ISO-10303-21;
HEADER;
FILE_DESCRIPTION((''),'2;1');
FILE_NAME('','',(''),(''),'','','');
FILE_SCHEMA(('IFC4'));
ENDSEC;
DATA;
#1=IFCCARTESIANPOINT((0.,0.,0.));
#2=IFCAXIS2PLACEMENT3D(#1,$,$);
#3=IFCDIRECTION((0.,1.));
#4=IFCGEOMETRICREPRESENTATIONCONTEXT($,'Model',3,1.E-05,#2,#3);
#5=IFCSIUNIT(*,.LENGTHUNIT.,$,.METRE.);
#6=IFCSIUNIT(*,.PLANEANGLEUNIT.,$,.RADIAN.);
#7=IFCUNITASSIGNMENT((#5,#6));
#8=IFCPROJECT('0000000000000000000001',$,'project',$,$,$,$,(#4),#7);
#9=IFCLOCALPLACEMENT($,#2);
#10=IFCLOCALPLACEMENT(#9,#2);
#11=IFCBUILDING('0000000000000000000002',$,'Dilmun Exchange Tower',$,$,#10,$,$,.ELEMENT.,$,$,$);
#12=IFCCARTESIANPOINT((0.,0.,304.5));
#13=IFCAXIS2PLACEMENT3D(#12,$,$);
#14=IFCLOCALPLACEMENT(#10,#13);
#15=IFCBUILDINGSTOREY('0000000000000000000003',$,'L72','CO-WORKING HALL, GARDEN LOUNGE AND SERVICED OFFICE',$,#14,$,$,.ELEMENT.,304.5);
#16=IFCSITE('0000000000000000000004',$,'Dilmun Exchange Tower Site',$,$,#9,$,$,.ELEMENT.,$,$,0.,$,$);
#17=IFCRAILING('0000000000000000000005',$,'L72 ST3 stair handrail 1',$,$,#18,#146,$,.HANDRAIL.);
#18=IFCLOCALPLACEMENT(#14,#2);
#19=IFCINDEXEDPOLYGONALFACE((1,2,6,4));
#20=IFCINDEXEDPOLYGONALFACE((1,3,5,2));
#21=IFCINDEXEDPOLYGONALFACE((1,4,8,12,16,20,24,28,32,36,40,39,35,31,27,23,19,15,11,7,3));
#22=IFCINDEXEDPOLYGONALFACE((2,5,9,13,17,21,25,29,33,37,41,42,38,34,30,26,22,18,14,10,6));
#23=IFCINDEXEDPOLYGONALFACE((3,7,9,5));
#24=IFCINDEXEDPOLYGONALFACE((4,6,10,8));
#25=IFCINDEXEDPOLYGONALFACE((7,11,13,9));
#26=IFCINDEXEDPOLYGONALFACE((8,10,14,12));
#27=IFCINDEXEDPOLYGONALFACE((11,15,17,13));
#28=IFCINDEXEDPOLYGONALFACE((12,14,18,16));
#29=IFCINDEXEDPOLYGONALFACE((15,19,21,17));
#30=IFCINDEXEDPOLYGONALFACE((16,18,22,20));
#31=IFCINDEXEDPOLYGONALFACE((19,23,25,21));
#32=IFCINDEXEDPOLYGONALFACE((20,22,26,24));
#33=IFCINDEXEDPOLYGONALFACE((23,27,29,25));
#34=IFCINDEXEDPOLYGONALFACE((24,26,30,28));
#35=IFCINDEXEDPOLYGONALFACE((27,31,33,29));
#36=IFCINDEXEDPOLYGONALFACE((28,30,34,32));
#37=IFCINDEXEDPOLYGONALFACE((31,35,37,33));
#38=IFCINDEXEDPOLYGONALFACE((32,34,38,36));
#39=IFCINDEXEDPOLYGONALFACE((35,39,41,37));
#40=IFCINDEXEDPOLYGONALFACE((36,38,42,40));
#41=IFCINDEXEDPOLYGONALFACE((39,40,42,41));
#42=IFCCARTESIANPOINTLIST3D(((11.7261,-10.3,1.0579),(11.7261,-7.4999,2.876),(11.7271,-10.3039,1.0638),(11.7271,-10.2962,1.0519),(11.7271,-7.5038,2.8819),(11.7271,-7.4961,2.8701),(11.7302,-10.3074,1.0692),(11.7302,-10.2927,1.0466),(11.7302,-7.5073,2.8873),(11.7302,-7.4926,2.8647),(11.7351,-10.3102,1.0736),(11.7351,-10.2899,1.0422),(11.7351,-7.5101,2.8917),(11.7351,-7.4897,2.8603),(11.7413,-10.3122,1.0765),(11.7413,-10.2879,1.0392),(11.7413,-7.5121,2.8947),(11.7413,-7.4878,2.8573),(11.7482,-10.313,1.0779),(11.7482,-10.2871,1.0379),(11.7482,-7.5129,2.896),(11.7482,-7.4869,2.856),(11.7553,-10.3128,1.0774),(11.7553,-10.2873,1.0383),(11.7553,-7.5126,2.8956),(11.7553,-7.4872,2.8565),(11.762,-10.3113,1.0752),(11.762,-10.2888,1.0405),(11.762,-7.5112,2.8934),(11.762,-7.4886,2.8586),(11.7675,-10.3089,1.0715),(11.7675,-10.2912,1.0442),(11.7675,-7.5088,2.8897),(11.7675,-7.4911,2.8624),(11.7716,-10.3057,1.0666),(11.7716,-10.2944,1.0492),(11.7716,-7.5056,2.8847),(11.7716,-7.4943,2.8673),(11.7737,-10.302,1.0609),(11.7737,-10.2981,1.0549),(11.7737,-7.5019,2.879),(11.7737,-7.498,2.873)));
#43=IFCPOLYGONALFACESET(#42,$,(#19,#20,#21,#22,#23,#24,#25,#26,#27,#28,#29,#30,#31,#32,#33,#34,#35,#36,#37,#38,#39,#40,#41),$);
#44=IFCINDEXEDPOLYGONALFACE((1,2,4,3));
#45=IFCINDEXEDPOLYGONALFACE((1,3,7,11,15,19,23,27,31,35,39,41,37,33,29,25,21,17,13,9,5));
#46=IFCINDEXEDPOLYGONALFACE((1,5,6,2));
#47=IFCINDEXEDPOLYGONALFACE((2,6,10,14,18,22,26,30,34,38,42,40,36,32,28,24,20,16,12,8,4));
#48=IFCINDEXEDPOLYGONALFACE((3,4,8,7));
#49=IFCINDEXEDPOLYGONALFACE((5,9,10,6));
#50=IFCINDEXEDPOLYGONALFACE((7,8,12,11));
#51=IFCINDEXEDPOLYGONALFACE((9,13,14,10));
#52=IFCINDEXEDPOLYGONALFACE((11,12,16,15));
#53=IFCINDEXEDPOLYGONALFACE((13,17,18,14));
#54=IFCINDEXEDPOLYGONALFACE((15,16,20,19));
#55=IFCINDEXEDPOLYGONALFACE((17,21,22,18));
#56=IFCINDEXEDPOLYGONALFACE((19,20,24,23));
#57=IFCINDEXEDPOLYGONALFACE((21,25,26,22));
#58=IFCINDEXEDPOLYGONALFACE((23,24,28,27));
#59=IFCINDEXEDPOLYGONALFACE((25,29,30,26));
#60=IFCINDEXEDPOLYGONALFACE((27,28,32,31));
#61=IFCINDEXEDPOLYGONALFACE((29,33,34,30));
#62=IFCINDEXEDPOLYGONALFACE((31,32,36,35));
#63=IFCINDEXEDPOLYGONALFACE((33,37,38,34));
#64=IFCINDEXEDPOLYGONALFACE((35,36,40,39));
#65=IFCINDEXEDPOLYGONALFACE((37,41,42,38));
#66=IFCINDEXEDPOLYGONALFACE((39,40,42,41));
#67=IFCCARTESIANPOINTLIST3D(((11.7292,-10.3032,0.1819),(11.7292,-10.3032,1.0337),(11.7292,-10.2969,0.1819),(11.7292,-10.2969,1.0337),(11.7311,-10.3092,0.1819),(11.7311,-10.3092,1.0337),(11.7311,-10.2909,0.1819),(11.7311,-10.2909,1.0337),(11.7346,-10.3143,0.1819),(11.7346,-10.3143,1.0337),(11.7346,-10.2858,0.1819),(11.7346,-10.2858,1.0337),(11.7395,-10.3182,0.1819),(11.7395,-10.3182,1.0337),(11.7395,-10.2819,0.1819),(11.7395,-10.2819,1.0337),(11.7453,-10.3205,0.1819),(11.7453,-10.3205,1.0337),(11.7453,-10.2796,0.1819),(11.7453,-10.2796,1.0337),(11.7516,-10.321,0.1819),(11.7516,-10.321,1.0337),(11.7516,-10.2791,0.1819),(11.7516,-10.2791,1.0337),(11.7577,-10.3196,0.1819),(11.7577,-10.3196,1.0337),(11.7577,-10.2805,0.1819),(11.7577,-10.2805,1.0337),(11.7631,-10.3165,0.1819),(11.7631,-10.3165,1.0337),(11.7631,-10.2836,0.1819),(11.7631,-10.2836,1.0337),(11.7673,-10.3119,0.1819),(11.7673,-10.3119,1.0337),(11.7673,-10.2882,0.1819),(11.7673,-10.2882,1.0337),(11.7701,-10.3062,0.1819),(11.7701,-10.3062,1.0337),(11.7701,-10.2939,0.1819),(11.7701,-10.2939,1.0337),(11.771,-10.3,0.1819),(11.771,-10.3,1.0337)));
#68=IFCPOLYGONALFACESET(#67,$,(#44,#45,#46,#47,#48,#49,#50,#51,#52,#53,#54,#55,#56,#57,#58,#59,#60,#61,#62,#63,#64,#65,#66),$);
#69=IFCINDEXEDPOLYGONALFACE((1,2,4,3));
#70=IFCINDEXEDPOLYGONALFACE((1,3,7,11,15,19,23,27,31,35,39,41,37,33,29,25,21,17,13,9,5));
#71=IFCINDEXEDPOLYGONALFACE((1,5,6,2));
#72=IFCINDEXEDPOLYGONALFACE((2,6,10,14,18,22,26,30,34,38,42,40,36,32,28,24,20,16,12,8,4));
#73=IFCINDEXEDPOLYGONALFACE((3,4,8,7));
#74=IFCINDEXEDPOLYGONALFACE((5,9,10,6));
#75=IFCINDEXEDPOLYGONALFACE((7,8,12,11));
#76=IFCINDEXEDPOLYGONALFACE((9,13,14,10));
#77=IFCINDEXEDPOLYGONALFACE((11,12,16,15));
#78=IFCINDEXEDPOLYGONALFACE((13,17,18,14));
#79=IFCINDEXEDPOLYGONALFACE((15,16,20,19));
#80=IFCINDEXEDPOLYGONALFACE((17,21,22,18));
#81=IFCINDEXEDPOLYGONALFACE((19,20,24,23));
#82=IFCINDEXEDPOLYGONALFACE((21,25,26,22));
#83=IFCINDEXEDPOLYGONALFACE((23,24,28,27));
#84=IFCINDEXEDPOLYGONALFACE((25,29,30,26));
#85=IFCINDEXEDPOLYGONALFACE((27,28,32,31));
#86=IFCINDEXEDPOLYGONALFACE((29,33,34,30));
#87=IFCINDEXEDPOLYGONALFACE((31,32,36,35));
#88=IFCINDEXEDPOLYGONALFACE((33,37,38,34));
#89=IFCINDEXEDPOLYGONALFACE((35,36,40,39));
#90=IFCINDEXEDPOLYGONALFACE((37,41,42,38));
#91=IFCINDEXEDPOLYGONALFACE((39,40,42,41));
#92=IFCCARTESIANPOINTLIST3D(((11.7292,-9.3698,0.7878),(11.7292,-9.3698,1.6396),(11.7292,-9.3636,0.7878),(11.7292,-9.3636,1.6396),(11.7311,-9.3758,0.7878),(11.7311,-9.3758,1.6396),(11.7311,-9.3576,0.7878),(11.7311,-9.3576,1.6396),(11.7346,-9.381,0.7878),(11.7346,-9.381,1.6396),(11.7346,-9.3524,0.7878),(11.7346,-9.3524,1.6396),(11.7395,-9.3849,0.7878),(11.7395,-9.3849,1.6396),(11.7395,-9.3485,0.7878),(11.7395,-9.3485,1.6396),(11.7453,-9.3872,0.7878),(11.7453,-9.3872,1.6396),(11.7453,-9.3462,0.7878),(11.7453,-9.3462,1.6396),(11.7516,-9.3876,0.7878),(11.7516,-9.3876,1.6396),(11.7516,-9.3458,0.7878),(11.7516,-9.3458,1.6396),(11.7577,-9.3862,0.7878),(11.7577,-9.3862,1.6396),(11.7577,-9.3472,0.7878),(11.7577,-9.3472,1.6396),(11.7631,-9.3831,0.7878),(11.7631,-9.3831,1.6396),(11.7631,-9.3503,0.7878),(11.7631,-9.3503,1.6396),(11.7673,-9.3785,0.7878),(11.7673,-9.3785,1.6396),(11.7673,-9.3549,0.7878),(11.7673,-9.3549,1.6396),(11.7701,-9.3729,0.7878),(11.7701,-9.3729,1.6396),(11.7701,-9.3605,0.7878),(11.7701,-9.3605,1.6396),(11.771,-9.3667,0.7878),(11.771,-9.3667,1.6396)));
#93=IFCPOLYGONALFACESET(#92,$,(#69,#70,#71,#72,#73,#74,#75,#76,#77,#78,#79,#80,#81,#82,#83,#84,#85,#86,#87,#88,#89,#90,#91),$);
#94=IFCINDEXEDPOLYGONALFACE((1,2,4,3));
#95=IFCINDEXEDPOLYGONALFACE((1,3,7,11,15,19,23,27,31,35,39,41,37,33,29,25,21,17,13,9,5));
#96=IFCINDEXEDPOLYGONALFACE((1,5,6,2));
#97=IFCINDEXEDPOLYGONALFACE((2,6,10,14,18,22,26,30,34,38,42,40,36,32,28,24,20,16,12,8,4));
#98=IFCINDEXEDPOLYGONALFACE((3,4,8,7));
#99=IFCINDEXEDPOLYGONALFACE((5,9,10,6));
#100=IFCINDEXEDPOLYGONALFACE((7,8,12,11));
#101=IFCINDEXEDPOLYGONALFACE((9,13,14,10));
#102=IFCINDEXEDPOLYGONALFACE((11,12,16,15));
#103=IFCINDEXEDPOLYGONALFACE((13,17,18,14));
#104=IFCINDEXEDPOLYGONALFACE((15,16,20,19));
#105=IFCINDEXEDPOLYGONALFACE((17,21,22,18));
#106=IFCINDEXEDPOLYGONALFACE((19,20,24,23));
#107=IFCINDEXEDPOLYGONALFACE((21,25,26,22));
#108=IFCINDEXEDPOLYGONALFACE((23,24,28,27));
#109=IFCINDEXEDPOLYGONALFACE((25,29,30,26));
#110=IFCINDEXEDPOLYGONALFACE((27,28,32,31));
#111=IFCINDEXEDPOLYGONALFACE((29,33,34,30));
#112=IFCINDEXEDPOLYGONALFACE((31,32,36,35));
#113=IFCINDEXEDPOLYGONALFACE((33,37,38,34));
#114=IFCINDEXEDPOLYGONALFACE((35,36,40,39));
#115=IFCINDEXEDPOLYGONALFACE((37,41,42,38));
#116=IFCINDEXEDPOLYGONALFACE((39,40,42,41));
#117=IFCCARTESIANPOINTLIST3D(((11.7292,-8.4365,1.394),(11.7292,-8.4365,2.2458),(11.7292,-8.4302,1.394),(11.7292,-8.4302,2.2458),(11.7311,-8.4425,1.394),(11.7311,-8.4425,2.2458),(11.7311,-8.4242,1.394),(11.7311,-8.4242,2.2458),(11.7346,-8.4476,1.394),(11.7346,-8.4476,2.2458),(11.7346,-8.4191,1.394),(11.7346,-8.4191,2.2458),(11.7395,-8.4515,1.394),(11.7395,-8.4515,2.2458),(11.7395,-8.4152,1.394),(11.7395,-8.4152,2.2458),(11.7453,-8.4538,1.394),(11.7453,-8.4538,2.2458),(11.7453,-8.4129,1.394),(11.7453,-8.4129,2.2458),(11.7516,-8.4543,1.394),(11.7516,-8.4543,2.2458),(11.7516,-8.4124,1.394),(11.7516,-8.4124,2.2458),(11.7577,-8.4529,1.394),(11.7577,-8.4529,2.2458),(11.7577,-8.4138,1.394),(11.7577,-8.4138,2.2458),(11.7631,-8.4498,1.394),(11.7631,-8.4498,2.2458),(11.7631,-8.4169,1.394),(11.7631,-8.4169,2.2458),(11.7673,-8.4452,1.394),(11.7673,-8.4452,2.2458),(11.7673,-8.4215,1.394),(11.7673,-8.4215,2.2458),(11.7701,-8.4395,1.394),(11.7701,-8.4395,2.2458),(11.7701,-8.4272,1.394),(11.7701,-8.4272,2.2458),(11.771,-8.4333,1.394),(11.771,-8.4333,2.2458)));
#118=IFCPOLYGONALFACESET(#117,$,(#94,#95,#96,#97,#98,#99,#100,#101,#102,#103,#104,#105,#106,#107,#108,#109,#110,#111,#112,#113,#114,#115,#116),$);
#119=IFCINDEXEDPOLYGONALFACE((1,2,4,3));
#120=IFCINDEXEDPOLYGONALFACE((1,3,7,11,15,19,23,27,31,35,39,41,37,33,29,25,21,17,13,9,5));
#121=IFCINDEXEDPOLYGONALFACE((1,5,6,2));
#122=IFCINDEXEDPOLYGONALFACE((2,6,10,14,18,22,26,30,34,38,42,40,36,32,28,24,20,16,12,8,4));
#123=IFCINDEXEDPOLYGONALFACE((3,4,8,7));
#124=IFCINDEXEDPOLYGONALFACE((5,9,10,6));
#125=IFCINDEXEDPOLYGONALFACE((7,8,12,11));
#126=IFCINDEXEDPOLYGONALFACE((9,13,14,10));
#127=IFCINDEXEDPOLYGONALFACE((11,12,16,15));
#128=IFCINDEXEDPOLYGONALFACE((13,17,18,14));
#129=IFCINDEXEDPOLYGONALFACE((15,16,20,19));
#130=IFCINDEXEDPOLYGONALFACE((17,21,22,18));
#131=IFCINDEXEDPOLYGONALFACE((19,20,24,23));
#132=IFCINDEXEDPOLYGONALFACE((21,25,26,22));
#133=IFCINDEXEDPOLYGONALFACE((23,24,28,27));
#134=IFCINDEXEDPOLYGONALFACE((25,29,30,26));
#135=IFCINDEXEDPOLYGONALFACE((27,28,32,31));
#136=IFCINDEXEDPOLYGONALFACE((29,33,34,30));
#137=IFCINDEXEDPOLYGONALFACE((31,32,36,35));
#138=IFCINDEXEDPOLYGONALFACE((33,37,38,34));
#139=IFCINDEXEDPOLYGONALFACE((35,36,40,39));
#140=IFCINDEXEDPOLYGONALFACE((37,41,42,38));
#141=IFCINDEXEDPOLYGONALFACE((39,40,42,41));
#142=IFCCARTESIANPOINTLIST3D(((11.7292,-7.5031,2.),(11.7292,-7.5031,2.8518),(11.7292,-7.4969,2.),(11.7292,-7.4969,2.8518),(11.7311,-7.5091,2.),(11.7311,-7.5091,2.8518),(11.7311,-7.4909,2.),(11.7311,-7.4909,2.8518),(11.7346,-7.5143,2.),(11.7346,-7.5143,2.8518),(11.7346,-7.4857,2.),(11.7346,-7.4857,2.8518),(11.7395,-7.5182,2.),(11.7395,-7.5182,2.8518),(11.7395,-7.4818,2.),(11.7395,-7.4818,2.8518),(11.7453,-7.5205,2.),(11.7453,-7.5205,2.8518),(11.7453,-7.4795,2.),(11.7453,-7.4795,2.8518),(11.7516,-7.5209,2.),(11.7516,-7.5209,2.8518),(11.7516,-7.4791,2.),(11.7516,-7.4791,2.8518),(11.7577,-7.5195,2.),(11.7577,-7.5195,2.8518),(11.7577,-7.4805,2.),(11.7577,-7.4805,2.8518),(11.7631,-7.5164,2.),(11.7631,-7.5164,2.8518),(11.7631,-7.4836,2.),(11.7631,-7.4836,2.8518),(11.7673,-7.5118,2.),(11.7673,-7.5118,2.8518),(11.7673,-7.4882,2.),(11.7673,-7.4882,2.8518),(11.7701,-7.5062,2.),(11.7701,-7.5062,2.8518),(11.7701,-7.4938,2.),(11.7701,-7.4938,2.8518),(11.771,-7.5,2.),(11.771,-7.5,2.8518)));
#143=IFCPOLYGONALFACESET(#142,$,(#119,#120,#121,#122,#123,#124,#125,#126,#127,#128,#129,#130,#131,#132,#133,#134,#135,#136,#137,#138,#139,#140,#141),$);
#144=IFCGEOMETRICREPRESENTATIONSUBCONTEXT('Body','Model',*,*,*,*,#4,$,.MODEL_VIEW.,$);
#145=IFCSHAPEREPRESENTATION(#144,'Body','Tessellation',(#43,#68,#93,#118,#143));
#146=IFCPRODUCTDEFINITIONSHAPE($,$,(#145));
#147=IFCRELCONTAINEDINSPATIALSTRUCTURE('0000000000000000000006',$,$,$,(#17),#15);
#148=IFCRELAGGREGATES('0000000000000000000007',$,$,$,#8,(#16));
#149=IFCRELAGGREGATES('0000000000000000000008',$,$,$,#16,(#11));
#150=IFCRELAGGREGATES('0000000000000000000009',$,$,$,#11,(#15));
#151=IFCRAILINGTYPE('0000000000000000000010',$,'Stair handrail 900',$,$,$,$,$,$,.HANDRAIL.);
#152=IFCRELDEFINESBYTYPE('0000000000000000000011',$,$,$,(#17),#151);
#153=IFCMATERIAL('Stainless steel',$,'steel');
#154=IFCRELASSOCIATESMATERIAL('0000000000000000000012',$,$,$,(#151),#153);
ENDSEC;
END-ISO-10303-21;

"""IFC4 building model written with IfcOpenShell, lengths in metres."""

from ifc_helpers import new_model, si_unit, direction, frame, origin, origin_2d, place, context, subcontext, project, spatial, circle, extrude, material, type_object, element, save


model = new_model("IFC4")

# Units and contexts
model_context = context("Model", 3, precision=1e-05, world=origin(), true_north=direction((0.0, 1.0)))
body_context = subcontext(model_context, "Body", "Model", "MODEL_VIEW")
ifc_project = project(units=[si_unit("LENGTHUNIT", "METRE"), si_unit("PLANEANGLEUNIT", "RADIAN")], contexts=[model_context])

# Site, building, storey
site_placement = place(None, origin())
site = spatial("IfcSite", under=ifc_project, at=site_placement, Name="Dilmun Exchange Tower Site", CompositionType="ELEMENT", RefElevation=0.0)
building_placement = place(site_placement, origin())
building = spatial("IfcBuilding", under=site, at=building_placement, Name="Dilmun Exchange Tower", CompositionType="ELEMENT")
storey_placement = place(building_placement, frame((0.0, 0.0, 304.5)))
storey = spatial("IfcBuildingStorey", under=building, at=storey_placement, Name="L72", Description="CO-WORKING HALL, GARDEN LOUNGE AND SERVICED OFFICE", CompositionType="ELEMENT", Elevation=304.5)

# Railing
ifc_material_1 = material(Name="Stainless steel", Category="steel")
railing_type = type_object("IfcRailingType", Name="Stair handrail 900", PredefinedType="HANDRAIL", material=ifc_material_1)
railing_placement = place(storey_placement, frame((11.75, -10.3, 0.1819)))
element("IfcRailing", 1, at=railing_placement, inside=storey, type_object=railing_type, Name="L72 ST3 stair handrail 1", PredefinedType="HANDRAIL", context=body_context, shape_type="SweptSolid", body=[
    extrude(circle(Radius=0.0239, at=origin_2d()), frame((0.0, 0.0, 0.876), z_axis=(0.0, 0.838706, 0.544585), x_axis=(-1.0, 0.0, 0.0)), (0.0, 0.0, 1.0), 3.3386),
    extrude(circle(Radius=0.021, at=origin_2d()), origin(), (0.0, 0.0, 1.0), 0.8518),
    extrude(circle(Radius=0.021, at=origin_2d()), frame((0.0, 0.9333, 0.606)), (0.0, 0.0, 1.0), 0.8518),
    extrude(circle(Radius=0.021, at=origin_2d()), frame((0.0, 1.8667, 1.2122)), (0.0, 0.0, 1.0), 0.8518),
    extrude(circle(Radius=0.021, at=origin_2d()), frame((0.0, 2.8, 1.8181)), (0.0, 0.0, 1.0), 0.8518),
])

save(model, "model.ifc")
